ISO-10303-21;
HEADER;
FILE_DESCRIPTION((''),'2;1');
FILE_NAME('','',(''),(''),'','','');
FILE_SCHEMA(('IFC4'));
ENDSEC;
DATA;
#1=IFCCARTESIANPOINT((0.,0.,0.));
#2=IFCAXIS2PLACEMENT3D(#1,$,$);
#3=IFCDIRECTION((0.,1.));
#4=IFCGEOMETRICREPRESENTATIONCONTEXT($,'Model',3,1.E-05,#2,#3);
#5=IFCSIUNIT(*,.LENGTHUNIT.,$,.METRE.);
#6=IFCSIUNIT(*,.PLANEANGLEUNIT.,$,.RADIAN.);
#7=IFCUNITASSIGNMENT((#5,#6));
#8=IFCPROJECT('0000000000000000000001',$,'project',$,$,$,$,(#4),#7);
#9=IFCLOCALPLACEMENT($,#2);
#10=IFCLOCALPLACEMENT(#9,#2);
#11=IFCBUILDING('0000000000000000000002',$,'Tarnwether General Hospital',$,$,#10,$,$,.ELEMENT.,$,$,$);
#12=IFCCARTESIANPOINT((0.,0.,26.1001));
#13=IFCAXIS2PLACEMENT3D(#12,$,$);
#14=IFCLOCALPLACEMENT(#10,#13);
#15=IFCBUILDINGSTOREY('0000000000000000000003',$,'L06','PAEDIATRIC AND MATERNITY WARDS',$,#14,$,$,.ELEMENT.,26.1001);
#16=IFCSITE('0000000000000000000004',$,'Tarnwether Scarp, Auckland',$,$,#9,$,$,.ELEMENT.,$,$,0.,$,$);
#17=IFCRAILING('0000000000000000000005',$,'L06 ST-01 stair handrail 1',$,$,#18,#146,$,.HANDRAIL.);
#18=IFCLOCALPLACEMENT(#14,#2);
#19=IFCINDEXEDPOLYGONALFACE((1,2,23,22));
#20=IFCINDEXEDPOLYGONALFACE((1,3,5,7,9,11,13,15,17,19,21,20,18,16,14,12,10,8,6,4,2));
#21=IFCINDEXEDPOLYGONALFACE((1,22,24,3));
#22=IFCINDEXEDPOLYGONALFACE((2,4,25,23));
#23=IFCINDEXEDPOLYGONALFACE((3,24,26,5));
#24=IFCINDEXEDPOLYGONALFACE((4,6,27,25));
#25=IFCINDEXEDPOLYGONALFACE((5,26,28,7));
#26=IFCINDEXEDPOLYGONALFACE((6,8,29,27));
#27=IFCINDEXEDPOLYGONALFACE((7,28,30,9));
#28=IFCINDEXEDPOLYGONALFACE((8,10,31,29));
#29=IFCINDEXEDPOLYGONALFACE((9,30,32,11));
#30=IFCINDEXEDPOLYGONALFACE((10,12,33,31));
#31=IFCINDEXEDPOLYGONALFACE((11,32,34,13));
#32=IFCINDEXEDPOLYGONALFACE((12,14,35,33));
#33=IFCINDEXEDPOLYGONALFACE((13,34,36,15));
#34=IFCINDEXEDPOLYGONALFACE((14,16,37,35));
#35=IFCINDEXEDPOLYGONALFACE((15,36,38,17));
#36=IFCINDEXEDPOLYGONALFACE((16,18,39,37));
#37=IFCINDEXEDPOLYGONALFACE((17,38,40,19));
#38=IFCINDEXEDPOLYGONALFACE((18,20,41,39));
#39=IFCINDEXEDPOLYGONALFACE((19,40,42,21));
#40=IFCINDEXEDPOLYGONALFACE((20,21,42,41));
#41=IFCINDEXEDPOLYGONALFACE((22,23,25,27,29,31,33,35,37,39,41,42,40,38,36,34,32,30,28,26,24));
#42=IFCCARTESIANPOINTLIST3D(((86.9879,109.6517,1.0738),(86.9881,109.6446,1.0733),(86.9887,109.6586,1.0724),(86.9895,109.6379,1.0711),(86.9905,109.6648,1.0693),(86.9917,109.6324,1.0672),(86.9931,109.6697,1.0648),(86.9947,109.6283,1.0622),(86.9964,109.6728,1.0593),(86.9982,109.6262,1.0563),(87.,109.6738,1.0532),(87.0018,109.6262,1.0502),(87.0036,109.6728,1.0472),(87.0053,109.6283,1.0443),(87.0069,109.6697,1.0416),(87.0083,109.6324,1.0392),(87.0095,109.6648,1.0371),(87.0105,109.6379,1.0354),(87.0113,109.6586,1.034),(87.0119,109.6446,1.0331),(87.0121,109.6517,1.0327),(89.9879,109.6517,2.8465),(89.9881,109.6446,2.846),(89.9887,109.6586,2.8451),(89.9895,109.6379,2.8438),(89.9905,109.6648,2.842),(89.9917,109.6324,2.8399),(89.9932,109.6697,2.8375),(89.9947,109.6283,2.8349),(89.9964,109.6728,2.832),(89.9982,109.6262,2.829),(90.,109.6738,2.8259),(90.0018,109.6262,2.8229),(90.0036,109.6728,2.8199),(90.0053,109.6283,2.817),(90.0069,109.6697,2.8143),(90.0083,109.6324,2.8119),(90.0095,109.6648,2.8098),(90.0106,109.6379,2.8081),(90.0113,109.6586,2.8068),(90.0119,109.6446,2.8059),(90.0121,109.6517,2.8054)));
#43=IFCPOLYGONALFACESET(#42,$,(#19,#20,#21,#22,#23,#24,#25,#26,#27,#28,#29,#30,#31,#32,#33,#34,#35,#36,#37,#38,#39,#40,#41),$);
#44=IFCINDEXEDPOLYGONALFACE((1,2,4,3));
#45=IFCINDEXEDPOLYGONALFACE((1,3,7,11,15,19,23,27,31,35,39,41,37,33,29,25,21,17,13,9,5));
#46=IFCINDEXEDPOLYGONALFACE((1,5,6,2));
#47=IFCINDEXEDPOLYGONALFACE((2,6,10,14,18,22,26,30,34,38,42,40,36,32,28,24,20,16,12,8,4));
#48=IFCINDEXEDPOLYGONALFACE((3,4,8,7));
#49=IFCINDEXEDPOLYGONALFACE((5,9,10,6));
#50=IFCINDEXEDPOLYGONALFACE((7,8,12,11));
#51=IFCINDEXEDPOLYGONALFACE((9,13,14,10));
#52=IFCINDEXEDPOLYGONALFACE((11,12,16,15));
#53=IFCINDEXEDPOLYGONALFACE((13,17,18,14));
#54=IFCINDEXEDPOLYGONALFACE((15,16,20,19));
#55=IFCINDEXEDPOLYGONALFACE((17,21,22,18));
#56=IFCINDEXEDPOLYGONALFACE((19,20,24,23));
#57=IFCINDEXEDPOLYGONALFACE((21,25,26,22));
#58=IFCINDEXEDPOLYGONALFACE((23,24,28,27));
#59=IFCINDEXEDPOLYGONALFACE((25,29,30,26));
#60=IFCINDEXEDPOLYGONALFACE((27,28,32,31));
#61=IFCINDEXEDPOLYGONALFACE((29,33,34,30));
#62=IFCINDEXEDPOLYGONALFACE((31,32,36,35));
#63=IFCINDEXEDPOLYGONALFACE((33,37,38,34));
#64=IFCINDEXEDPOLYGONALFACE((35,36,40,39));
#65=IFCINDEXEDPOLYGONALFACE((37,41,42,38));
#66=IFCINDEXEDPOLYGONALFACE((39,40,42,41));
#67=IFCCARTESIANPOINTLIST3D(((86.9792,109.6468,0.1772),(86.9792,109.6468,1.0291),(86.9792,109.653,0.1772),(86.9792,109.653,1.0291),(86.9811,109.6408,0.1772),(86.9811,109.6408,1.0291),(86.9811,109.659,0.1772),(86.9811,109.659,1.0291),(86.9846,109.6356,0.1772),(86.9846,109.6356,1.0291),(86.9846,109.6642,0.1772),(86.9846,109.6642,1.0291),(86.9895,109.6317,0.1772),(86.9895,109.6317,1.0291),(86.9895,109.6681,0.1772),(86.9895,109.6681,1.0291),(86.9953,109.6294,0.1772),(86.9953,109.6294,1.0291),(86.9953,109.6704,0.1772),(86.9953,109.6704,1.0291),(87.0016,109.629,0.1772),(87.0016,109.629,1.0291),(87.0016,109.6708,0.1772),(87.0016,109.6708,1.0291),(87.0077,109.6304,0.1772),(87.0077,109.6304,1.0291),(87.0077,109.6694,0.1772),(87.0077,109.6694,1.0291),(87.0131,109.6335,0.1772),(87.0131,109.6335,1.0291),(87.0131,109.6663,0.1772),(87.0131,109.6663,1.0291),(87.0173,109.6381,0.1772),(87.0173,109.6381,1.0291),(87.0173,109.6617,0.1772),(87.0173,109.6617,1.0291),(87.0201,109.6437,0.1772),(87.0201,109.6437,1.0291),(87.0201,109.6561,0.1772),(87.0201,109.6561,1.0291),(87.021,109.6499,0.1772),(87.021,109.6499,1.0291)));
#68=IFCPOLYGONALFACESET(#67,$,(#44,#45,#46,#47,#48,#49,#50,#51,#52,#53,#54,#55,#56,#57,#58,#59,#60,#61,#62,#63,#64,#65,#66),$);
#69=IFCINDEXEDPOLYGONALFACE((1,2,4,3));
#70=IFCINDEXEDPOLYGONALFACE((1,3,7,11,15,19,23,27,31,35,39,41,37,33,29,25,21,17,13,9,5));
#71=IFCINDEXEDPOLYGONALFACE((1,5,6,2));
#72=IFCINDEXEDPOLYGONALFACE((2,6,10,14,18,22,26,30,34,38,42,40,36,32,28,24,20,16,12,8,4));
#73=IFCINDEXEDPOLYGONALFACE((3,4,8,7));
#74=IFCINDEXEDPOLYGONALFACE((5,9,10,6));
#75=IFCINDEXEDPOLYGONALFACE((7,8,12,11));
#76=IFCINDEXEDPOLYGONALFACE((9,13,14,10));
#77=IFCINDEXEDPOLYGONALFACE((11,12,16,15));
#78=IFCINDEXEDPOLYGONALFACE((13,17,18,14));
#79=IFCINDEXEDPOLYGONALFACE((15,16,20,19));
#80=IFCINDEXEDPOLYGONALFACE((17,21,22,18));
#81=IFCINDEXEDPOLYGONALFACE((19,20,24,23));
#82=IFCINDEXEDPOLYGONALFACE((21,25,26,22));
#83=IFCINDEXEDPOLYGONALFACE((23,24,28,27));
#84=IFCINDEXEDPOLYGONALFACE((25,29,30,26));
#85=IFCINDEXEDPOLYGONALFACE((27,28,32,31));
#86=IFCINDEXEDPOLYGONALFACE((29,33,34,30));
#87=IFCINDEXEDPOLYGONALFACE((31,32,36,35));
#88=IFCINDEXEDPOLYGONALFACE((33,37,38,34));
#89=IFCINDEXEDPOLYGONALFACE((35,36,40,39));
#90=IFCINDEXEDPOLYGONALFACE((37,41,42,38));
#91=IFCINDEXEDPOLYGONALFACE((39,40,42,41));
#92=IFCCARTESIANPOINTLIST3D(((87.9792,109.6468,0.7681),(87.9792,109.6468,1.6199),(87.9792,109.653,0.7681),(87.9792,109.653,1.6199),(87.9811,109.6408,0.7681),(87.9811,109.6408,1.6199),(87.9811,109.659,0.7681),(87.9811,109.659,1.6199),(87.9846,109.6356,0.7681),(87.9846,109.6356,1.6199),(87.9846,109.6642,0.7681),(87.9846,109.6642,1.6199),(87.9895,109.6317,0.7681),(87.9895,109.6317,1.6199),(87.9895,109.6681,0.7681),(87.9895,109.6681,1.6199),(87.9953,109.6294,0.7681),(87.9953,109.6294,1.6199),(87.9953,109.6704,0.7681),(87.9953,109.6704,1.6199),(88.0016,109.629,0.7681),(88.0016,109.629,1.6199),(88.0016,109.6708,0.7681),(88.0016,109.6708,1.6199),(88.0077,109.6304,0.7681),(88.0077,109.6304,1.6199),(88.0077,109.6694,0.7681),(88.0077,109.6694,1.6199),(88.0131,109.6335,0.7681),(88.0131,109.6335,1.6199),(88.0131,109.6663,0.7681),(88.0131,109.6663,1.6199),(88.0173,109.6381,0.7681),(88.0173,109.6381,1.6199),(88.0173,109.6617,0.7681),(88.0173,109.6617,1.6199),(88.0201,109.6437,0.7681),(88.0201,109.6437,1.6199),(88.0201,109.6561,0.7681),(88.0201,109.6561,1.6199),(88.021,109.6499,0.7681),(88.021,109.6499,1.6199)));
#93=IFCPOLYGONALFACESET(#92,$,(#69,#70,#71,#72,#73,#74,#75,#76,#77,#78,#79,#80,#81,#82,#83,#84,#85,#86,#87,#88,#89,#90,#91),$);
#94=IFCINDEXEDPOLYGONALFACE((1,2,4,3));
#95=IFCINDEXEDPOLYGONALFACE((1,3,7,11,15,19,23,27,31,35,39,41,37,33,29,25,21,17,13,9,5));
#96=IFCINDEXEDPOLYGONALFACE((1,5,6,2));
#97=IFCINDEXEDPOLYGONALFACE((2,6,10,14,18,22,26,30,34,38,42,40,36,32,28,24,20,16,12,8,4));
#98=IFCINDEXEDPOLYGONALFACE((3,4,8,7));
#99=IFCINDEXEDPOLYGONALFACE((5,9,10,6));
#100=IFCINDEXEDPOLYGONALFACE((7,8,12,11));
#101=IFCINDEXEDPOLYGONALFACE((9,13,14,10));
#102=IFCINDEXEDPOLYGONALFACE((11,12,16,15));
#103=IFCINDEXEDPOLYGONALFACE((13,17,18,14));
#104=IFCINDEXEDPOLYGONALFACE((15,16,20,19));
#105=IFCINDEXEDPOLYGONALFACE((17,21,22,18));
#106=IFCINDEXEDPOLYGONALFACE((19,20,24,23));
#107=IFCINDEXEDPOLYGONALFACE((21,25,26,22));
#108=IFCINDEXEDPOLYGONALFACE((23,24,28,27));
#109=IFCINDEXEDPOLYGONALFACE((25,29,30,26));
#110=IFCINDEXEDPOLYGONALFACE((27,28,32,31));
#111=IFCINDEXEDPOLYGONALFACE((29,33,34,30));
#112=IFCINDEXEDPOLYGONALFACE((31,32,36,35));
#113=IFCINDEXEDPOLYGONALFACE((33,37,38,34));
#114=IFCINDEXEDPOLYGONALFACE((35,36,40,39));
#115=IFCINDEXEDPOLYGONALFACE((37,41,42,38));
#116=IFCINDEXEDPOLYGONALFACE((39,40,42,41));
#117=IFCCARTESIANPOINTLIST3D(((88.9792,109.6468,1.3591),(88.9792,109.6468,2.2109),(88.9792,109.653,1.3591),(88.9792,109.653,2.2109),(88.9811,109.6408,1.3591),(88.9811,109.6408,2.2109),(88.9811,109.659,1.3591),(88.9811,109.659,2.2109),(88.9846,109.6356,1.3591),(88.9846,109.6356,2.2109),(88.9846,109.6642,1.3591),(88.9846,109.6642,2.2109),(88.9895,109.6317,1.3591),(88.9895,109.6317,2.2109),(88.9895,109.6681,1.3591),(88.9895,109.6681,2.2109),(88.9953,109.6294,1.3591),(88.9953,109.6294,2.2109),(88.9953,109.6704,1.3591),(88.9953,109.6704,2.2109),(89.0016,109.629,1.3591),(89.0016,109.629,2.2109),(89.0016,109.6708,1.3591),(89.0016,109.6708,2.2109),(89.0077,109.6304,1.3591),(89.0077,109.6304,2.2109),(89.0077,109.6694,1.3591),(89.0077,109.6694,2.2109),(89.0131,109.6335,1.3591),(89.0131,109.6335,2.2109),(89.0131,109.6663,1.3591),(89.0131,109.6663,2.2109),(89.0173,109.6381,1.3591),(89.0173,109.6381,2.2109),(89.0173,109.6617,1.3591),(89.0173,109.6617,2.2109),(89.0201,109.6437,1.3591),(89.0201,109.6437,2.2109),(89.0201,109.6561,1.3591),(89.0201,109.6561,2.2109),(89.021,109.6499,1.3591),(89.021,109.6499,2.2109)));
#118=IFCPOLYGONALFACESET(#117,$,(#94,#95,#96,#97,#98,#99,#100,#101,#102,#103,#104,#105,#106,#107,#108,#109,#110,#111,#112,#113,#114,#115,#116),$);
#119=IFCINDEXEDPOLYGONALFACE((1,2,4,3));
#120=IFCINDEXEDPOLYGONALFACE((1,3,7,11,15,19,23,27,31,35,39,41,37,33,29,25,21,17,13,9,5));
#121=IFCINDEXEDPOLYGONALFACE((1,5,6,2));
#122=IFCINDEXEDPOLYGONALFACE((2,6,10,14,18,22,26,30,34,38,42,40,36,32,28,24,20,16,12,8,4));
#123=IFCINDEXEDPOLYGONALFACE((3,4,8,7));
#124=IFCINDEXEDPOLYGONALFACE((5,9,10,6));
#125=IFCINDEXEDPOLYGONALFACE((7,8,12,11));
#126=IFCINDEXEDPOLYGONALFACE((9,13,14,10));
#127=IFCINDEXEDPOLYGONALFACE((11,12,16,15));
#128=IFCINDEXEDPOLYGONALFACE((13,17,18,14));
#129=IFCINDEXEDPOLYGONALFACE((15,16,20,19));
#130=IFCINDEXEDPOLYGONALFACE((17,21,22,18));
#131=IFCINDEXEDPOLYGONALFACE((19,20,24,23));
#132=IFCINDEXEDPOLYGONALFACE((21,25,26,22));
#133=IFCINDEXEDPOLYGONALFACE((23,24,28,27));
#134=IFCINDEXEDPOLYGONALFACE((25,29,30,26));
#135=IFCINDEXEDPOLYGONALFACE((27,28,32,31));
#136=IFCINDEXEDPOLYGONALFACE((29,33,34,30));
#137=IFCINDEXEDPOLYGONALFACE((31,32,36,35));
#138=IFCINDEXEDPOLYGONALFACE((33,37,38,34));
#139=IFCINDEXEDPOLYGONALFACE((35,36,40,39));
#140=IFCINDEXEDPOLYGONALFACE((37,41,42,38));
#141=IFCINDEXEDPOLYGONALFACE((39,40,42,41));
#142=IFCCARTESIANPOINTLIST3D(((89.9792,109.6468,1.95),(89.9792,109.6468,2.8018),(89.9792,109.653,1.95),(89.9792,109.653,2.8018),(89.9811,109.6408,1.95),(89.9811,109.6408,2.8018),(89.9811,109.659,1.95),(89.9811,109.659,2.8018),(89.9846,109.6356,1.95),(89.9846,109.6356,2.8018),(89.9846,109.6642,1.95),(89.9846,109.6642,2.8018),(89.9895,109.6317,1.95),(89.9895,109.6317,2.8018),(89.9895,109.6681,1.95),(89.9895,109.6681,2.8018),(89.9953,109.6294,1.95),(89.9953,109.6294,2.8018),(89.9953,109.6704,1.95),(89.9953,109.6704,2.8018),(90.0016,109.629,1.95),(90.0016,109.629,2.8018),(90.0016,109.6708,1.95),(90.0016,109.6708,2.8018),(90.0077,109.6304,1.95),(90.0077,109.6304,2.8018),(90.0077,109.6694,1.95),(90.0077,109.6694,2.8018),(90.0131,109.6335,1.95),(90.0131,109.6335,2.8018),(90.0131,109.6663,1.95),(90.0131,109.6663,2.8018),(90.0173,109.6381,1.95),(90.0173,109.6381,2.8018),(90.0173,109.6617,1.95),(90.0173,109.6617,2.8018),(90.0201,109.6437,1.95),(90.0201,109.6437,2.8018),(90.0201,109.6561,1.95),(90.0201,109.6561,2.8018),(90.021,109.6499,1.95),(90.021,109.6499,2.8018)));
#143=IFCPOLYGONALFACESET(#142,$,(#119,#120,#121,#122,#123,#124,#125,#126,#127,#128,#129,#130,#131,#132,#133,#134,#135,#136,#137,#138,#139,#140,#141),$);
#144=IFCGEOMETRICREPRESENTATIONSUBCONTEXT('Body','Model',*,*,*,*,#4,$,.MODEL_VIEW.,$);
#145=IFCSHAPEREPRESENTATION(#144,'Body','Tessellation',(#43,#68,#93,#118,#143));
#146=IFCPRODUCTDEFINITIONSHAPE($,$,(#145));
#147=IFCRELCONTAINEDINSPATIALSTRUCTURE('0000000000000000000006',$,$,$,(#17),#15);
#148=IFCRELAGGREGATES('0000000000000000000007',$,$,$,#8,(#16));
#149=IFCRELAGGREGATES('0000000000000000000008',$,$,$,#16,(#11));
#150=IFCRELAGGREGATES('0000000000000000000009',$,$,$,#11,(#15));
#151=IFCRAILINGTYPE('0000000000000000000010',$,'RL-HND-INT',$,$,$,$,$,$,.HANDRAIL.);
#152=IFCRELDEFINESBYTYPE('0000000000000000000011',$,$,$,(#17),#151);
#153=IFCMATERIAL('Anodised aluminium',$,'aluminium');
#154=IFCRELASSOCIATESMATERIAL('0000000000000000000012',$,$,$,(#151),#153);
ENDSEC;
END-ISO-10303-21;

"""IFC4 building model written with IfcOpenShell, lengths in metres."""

from ifc_helpers import new_model, si_unit, direction, frame, origin, origin_2d, place, context, subcontext, project, spatial, circle, extrude, material, type_object, element, save


model = new_model("IFC4")

# Units and contexts
model_context = context("Model", 3, precision=1e-05, world=origin(), true_north=direction((0.0, 1.0)))
body_context = subcontext(model_context, "Body", "Model", "MODEL_VIEW")
ifc_project = project(units=[si_unit("LENGTHUNIT", "METRE"), si_unit("PLANEANGLEUNIT", "RADIAN")], contexts=[model_context])

# Site, building, storey
site_placement = place(None, origin())
site = spatial("IfcSite", under=ifc_project, at=site_placement, Name="Tarnwether Scarp, Auckland", CompositionType="ELEMENT", RefElevation=0.0)
building_placement = place(site_placement, origin())
building = spatial("IfcBuilding", under=site, at=building_placement, Name="Tarnwether General Hospital", CompositionType="ELEMENT")
storey_placement = place(building_placement, frame((0.0, 0.0, 26.1001)))
storey = spatial("IfcBuildingStorey", under=building, at=storey_placement, Name="L06", Description="PAEDIATRIC AND MATERNITY WARDS", CompositionType="ELEMENT", Elevation=26.1001)

# Railing
ifc_material_1 = material(Name="Anodised aluminium", Category="aluminium")
railing_type_1 = type_object("IfcRailingType", Name="RL-HND-INT", PredefinedType="HANDRAIL", material=ifc_material_1)
railing_1_placement = place(storey_placement, frame((87.0, 109.6499, 0.1772)))
element("IfcRailing", 1, at=railing_1_placement, inside=storey, type_object=railing_type_1, Name="L06 ST-01 stair handrail 1", PredefinedType="HANDRAIL", context=body_context, shape_type="SweptSolid", body=[
    extrude(circle(Radius=0.0239, at=origin_2d()), frame((0.0, 0.0, 0.876), z_axis=(0.860929, 0.0, 0.508725), x_axis=(0.0, 1.0, 0.0)), (0.0, 0.0, 1.0), 3.4846),
    extrude(circle(Radius=0.021, at=origin_2d()), origin(), (0.0, 0.0, 1.0), 0.8518),
    extrude(circle(Radius=0.021, at=origin_2d()), frame((1.0, 0.0, 0.5908)), (0.0, 0.0, 1.0), 0.8518),
    extrude(circle(Radius=0.021, at=origin_2d()), frame((2.0, 0.0, 1.1819)), (0.0, 0.0, 1.0), 0.8518),
    extrude(circle(Radius=0.021, at=origin_2d()), frame((3.0, 0.0, 1.7727)), (0.0, 0.0, 1.0), 0.8518),
])

save(model, "model.ifc")
